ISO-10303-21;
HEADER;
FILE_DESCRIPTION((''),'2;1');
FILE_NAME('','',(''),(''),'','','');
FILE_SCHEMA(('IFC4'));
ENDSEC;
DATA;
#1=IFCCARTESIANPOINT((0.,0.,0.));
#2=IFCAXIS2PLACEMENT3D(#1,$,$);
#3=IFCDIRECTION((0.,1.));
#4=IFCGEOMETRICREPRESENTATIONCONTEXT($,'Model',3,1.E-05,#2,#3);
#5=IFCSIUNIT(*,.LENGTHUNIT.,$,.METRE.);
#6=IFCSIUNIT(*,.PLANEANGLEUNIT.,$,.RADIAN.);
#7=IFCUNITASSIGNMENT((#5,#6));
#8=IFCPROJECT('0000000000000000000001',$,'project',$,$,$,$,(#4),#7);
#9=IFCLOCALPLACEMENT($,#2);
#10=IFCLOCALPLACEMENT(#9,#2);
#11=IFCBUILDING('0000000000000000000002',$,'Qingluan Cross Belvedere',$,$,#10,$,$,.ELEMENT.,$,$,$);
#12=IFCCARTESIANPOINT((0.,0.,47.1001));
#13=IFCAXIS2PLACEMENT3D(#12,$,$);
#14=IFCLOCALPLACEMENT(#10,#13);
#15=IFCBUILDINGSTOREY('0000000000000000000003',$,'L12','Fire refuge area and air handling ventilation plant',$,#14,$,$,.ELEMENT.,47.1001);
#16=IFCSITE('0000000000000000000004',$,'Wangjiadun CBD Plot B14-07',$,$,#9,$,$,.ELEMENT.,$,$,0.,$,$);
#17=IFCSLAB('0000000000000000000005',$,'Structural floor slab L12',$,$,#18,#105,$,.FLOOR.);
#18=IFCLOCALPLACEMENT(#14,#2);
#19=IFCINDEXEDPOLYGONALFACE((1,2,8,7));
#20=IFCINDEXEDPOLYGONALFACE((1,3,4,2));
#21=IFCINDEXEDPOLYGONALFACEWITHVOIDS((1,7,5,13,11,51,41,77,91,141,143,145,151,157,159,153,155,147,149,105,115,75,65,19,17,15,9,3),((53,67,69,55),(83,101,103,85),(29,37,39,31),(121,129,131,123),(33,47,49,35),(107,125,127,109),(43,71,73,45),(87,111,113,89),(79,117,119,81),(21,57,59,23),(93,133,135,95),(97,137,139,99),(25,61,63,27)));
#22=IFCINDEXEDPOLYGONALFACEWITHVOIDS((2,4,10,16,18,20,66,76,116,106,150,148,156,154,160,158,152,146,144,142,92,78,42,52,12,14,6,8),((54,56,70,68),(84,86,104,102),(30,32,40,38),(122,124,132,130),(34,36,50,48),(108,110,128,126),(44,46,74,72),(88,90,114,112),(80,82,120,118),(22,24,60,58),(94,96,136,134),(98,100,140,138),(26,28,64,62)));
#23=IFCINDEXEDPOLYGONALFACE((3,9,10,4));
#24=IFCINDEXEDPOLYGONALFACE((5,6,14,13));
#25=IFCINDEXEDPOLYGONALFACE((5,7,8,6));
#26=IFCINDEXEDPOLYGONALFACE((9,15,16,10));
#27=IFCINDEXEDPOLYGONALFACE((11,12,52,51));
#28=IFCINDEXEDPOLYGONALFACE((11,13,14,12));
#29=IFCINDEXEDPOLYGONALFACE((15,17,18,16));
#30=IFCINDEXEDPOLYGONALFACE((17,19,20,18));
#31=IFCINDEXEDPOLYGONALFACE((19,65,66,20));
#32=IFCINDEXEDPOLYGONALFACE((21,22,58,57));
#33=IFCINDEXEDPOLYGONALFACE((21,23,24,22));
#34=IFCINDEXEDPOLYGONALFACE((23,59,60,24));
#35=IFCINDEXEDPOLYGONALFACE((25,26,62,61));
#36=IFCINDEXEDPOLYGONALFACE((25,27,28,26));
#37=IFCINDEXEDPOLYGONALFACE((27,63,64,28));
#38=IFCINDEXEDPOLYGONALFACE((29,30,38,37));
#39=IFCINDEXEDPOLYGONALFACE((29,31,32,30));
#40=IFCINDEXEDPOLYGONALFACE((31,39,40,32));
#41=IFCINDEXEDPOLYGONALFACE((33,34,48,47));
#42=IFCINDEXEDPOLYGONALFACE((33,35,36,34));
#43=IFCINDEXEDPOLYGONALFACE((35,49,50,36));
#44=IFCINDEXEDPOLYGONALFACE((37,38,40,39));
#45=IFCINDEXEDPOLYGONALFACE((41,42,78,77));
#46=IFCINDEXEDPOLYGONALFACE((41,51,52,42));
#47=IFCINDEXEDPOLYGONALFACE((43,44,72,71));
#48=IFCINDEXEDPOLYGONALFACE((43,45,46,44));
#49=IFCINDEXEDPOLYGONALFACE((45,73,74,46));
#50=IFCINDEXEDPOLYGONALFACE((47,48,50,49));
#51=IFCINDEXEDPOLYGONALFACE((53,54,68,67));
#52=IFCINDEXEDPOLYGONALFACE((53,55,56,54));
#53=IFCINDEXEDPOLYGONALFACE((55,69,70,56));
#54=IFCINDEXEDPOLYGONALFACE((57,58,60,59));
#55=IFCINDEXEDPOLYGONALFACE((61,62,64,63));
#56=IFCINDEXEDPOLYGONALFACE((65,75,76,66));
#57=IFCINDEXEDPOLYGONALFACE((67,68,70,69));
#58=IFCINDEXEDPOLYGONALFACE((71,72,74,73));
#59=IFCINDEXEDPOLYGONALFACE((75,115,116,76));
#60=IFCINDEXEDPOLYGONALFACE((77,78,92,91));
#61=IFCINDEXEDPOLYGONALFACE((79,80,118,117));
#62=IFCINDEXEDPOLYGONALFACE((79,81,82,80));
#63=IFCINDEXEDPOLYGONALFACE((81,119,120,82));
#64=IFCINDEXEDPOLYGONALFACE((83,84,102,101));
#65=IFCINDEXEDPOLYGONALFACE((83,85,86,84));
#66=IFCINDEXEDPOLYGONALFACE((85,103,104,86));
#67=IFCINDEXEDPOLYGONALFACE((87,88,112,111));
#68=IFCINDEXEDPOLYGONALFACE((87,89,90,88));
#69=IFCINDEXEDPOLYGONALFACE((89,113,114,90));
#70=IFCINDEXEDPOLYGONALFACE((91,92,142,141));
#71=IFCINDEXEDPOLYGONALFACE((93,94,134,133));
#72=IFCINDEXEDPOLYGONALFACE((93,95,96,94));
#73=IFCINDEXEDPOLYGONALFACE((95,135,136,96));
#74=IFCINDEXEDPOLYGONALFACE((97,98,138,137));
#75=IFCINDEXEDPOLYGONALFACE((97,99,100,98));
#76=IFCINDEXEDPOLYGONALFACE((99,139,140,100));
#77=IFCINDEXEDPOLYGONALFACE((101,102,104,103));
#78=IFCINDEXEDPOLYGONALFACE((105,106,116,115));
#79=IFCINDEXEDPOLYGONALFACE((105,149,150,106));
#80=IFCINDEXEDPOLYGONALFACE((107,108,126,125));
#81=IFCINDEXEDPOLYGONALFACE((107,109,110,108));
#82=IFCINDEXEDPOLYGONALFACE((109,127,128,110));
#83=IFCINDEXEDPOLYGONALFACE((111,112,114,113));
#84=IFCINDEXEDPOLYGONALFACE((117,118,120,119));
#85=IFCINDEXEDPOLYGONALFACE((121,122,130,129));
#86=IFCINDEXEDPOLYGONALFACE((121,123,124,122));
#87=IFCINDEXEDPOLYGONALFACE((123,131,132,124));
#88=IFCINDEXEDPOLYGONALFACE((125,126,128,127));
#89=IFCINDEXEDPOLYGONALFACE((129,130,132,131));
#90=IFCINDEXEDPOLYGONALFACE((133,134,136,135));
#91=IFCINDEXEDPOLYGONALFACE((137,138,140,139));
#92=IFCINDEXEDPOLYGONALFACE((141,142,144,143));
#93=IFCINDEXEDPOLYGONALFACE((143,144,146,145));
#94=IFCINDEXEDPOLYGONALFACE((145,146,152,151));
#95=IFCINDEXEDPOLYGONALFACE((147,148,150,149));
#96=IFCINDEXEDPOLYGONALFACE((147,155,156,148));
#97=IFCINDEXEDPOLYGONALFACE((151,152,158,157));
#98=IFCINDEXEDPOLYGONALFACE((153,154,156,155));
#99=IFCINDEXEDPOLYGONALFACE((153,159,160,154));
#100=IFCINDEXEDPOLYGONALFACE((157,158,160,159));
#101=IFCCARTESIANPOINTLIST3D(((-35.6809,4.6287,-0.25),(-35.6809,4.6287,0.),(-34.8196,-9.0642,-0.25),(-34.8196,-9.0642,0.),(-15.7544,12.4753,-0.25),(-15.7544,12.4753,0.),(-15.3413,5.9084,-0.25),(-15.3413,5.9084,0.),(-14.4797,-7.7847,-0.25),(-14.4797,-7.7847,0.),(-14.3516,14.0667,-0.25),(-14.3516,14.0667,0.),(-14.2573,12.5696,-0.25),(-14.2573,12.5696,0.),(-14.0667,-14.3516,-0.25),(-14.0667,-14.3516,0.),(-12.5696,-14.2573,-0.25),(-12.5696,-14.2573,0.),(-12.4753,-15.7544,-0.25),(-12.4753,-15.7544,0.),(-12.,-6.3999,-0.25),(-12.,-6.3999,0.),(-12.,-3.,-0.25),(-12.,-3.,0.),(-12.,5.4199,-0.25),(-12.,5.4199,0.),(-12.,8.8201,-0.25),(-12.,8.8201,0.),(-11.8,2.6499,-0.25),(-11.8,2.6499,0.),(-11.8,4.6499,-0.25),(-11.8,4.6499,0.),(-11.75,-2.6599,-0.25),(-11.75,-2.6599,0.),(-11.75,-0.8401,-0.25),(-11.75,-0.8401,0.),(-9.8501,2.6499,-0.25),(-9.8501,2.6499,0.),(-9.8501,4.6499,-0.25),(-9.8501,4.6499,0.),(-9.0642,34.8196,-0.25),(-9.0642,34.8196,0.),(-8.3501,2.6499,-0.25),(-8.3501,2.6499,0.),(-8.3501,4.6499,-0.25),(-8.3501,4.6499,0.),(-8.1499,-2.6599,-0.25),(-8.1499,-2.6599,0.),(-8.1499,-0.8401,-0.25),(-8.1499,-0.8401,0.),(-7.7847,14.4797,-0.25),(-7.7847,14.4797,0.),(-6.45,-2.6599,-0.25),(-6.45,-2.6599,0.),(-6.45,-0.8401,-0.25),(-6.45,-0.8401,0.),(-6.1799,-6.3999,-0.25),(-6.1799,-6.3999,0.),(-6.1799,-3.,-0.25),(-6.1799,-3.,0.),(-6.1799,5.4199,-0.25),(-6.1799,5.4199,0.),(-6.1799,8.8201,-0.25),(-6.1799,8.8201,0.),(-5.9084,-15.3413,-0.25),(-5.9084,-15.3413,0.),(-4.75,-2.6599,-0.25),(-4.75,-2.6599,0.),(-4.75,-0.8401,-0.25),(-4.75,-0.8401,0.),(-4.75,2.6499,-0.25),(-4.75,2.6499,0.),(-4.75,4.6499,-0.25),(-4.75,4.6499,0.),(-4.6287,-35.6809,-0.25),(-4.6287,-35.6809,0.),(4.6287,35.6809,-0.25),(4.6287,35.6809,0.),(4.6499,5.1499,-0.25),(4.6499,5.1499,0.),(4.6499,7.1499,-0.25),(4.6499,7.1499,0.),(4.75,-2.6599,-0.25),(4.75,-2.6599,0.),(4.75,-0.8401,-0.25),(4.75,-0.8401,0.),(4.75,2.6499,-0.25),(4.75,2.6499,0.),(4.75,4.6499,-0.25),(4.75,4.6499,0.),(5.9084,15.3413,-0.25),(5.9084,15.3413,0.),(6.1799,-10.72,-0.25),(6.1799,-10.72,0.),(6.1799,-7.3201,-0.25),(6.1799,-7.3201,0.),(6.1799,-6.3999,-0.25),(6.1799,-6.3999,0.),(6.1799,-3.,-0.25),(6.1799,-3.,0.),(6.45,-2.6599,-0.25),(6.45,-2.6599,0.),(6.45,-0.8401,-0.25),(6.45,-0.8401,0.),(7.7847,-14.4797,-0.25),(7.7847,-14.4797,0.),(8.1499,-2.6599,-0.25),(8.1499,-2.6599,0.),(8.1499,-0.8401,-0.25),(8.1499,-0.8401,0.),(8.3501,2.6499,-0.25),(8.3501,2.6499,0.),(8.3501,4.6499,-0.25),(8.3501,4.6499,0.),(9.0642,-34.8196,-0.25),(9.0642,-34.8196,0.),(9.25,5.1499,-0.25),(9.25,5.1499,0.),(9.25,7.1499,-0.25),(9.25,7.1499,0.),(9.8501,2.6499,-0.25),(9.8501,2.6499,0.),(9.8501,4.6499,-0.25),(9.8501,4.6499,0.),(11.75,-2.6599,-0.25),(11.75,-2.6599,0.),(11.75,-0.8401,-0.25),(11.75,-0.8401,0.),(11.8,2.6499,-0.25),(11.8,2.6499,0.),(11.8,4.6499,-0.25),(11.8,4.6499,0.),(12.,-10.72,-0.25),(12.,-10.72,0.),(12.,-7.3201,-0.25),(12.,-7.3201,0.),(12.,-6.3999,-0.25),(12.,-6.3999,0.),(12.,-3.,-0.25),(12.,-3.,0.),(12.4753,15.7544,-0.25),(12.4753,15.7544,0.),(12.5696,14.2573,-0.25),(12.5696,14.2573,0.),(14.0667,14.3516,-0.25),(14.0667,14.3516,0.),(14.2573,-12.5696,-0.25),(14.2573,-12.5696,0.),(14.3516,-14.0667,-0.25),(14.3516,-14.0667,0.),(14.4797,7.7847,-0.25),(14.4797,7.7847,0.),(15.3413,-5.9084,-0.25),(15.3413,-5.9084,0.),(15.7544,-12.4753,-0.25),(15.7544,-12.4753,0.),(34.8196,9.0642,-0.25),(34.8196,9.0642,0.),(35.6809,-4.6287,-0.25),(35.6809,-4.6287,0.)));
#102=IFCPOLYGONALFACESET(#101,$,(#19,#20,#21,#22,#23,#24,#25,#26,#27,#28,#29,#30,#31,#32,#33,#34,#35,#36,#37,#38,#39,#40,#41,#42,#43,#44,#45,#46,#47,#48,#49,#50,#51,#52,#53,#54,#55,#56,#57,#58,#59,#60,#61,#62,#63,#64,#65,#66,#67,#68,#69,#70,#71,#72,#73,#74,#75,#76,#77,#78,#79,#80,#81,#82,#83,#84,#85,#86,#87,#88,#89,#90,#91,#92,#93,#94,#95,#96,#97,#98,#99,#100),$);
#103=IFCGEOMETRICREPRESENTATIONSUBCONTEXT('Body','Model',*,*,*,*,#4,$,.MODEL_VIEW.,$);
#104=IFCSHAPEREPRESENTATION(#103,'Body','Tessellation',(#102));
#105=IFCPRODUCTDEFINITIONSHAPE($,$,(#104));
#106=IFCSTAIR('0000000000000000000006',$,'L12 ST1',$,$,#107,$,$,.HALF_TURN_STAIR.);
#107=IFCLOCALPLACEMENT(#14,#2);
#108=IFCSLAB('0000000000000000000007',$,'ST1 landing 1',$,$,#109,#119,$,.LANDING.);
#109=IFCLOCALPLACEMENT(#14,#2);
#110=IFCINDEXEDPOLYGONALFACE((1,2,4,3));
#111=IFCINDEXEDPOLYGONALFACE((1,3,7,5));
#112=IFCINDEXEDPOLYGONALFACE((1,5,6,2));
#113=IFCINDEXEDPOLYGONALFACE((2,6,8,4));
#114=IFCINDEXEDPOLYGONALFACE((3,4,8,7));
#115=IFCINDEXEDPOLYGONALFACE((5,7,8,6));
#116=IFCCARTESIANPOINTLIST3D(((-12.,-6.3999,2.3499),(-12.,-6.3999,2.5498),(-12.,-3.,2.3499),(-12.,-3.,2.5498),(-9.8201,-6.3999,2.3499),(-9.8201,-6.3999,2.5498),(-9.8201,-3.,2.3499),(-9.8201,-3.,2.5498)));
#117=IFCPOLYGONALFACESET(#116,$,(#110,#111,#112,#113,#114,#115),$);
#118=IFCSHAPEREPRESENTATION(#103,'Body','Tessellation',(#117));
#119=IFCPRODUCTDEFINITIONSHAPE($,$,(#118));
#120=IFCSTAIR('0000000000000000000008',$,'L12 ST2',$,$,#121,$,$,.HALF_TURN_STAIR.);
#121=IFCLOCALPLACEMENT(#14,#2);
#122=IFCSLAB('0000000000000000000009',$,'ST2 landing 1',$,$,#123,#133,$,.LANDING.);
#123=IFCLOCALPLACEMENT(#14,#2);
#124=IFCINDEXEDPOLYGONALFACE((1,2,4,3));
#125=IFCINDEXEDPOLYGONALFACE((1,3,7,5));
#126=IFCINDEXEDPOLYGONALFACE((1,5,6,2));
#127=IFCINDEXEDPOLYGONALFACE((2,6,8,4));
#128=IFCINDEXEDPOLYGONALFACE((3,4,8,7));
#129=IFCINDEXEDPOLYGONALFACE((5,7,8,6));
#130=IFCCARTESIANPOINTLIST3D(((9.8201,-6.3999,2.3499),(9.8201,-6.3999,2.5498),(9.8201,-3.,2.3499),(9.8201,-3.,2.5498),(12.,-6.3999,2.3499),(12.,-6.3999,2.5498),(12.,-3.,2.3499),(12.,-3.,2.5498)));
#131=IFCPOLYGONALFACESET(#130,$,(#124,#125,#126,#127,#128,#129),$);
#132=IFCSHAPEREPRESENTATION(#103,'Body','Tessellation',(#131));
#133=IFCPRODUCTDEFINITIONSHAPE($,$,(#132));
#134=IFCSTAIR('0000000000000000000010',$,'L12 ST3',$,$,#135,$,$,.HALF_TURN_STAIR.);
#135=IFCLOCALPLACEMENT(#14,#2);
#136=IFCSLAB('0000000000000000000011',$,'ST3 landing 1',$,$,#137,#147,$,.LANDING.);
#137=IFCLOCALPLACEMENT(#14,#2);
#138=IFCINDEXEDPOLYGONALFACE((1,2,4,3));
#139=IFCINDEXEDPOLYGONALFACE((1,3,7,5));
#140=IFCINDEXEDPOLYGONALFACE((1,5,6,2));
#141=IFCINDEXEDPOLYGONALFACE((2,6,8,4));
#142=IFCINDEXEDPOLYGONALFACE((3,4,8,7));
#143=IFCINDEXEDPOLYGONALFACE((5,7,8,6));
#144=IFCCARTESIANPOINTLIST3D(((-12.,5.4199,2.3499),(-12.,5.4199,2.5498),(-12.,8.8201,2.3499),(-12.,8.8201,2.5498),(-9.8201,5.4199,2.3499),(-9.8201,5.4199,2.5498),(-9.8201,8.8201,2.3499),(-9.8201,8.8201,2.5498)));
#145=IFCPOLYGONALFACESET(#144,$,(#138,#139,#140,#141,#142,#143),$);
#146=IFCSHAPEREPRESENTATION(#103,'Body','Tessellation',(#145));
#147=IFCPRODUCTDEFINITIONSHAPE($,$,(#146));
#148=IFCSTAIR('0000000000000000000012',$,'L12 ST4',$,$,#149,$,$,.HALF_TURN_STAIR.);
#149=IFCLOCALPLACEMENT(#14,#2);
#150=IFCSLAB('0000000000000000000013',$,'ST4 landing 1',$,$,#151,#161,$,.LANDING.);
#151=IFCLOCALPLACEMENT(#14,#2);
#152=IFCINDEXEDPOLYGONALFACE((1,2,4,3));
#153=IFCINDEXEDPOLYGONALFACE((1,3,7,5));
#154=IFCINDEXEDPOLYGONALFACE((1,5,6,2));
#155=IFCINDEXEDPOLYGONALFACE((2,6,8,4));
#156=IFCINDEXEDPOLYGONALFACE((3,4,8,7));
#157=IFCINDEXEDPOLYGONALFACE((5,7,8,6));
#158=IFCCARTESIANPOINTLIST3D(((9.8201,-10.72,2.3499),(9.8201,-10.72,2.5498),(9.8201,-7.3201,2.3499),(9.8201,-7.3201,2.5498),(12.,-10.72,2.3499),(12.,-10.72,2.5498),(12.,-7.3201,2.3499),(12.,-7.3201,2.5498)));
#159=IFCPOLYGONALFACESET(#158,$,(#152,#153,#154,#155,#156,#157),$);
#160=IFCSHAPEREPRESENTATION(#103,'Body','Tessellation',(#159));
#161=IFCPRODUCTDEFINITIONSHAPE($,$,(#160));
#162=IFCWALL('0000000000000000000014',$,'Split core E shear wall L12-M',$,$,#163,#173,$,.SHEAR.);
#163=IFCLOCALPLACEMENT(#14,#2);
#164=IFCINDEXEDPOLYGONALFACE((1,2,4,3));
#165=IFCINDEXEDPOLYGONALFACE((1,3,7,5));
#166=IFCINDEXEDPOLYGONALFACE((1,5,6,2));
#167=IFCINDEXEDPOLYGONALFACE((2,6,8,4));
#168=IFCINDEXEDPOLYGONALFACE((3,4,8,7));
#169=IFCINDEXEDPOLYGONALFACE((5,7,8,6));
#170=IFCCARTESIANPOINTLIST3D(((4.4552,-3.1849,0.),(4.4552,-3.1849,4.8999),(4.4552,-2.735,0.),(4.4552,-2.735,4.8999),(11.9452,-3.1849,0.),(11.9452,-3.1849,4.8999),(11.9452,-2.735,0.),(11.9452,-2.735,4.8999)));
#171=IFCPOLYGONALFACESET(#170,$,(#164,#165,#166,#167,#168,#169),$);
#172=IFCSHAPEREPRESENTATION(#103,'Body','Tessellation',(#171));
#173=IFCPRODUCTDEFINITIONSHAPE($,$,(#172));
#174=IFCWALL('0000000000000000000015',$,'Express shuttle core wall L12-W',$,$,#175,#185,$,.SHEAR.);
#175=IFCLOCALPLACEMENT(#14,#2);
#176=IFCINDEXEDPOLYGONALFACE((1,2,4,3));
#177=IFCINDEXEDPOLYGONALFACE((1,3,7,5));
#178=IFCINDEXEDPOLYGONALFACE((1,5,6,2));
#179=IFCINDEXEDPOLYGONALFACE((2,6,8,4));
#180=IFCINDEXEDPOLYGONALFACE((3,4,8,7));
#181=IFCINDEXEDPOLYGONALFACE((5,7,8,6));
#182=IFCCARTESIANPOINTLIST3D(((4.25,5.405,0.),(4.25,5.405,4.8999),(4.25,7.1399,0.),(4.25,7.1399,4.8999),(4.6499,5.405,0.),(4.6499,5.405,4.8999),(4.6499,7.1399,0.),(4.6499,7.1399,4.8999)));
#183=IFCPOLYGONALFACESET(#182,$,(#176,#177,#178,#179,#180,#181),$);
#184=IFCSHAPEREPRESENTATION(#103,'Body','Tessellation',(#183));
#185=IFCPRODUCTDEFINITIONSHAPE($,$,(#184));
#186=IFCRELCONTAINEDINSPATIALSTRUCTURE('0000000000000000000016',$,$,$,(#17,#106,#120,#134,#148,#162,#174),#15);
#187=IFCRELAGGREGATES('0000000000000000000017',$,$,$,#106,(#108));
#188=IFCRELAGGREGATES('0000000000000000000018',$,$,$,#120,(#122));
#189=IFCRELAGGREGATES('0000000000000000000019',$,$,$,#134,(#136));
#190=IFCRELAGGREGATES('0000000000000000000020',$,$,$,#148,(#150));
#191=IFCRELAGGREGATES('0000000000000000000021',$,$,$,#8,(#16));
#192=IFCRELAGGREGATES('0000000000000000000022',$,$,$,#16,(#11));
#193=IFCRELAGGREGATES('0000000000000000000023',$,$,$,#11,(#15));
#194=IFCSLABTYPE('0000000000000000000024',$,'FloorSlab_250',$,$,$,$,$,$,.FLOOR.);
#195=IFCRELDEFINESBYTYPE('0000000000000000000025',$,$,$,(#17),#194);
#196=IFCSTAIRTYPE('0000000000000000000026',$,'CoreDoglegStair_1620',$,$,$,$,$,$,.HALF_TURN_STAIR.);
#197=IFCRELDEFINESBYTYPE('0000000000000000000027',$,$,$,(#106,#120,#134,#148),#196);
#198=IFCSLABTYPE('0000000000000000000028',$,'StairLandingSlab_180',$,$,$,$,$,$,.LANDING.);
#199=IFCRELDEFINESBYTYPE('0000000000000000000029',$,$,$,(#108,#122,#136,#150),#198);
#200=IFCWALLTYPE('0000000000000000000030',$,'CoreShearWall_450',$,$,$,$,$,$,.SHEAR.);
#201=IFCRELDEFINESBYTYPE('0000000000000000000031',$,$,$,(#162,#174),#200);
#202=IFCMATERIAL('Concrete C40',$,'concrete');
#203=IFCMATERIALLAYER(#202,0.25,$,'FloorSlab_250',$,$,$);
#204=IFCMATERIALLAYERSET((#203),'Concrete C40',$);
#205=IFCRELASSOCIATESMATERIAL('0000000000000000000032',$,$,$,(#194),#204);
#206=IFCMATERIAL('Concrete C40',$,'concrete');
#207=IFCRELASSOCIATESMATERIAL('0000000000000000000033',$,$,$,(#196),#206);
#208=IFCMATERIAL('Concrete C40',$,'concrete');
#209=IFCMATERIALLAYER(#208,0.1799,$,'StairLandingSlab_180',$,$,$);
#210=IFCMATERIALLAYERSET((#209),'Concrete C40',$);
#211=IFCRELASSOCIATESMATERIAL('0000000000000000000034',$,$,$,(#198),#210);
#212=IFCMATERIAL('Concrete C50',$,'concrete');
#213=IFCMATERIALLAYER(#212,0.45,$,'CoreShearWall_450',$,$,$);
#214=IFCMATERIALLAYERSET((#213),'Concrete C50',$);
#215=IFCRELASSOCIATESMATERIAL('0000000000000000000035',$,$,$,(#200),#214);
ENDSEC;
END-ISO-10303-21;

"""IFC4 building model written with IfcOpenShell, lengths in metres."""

from ifc_helpers import new_model, si_unit, direction, frame, frame_2d, origin, place, context, subcontext, project, spatial, polyline, rectangle, outline, extrude, material, layer, layer_set, type_object, element, aggregate, save


model = new_model("IFC4")

# Units and contexts
model_context = context("Model", 3, precision=1e-05, world=origin(), true_north=direction((0.0, 1.0)))
body_context = subcontext(model_context, "Body", "Model", "MODEL_VIEW")
ifc_project = project(units=[si_unit("LENGTHUNIT", "METRE"), si_unit("PLANEANGLEUNIT", "RADIAN")], contexts=[model_context])

# Site, building, storey
site_placement = place(None, origin())
site = spatial("IfcSite", under=ifc_project, at=site_placement, Name="Wangjiadun CBD Plot B14-07", CompositionType="ELEMENT", RefElevation=0.0)
building_placement = place(site_placement, origin())
building = spatial("IfcBuilding", under=site, at=building_placement, Name="Qingluan Cross Belvedere", CompositionType="ELEMENT")
storey_placement = place(building_placement, frame((0.0, 0.0, 47.1001)))
storey = spatial("IfcBuildingStorey", under=building, at=storey_placement, Name="L12", Description="Fire refuge area and air handling ventilation plant", CompositionType="ELEMENT", Elevation=47.1001)

# Slab
ifc_material_1 = material(Name="Concrete C40", Category="concrete")
ifc_layer_1 = layer(ifc_material_1, 0.25, Name="FloorSlab_250")
ifc_layer_set_1 = layer_set([ifc_layer_1], Name="Concrete C40")
slab_type_1 = type_object("IfcSlabType", Name="FloorSlab_250", PredefinedType="FLOOR", material=ifc_layer_set_1)
slab_1_placement = place(storey_placement, frame((0.0, 0.0, -0.25)))
element("IfcSlab", 1, at=slab_1_placement, inside=storey, type_object=slab_type_1, Name="Structural floor slab L12", PredefinedType="FLOOR", context=body_context, shape_type="SweptSolid", body=[
    extrude(outline(polyline([(9.0642, -34.8196), (7.7847, -14.4797), (14.3516, -14.0667), (14.2573, -12.5696), (15.7544, -12.4753), (15.3413, -5.9084), (35.6809, -4.6287), (34.8196, 9.0642), (14.4797, 7.7847), (14.0667, 14.3516), (12.5696, 14.2573), (12.4753, 15.7544), (5.9084, 15.3413), (4.6287, 35.6809), (-9.0642, 34.8196), (-7.7847, 14.4797), (-14.3516, 14.0667), (-14.2573, 12.5696), (-15.7544, 12.4753), (-15.3413, 5.9084), (-35.6809, 4.6287), (-34.8196, -9.0642), (-14.4797, -7.7847), (-14.0667, -14.3516), (-12.5696, -14.2573), (-12.4753, -15.7544), (-5.9084, -15.3413), (-4.6287, -35.6809), (9.0642, -34.8196)]), holes=[polyline([(-12.0, -3.0), (-6.1799, -3.0), (-6.1799, -6.3999), (-12.0, -6.3999), (-12.0, -3.0)]), polyline([(6.1799, -3.0), (12.0, -3.0), (12.0, -6.3999), (6.1799, -6.3999), (6.1799, -3.0)]), polyline([(-12.0, 8.8201), (-6.1799, 8.8201), (-6.1799, 5.4199), (-12.0, 5.4199), (-12.0, 8.8201)]), polyline([(6.1799, -7.3201), (12.0, -7.3201), (12.0, -10.72), (6.1799, -10.72), (6.1799, -7.3201)]), polyline([(-11.8, 4.6499), (-9.8501, 4.6499), (-9.8501, 2.6499), (-11.8, 2.6499), (-11.8, 4.6499)]), polyline([(-8.3501, 4.6499), (-4.75, 4.6499), (-4.75, 2.6499), (-8.3501, 2.6499), (-8.3501, 4.6499)]), polyline([(4.75, 4.6499), (8.3501, 4.6499), (8.3501, 2.6499), (4.75, 2.6499), (4.75, 4.6499)]), polyline([(9.8501, 4.6499), (11.8, 4.6499), (11.8, 2.6499), (9.8501, 2.6499), (9.8501, 4.6499)]), polyline([(-11.75, -0.8401), (-8.1499, -0.8401), (-8.1499, -2.6599), (-11.75, -2.6599), (-11.75, -0.8401)]), polyline([(-6.45, -0.8401), (-4.75, -0.8401), (-4.75, -2.6599), (-6.45, -2.6599), (-6.45, -0.8401)]), polyline([(4.75, -0.8401), (6.45, -0.8401), (6.45, -2.6599), (4.75, -2.6599), (4.75, -0.8401)]), polyline([(8.1499, -0.8401), (11.75, -0.8401), (11.75, -2.6599), (8.1499, -2.6599), (8.1499, -0.8401)]), polyline([(4.6499, 7.1499), (9.25, 7.1499), (9.25, 5.1499), (4.6499, 5.1499), (4.6499, 7.1499)])]), origin(), (0.0, 0.0, 1.0), 0.25),
])

# Stairs, slabs
ifc_material_2 = material(Name="Concrete C40", Category="concrete")
stair_type = type_object("IfcStairType", Name="CoreDoglegStair_1620", PredefinedType="HALF_TURN_STAIR", material=ifc_material_2)
stair_1_placement = place(storey_placement, origin())
stair_1 = element("IfcStair", 2, at=stair_1_placement, inside=storey, type_object=stair_type, Name="L12 ST1", PredefinedType="HALF_TURN_STAIR")
ifc_material_3 = material(Name="Concrete C40", Category="concrete")
ifc_layer_2 = layer(ifc_material_3, 0.1799, Name="StairLandingSlab_180")
ifc_layer_set_2 = layer_set([ifc_layer_2], Name="Concrete C40")
slab_type_2 = type_object("IfcSlabType", Name="StairLandingSlab_180", PredefinedType="LANDING", material=ifc_layer_set_2)
slab_2_placement = place(storey_placement, frame((0.0, 0.0, 2.3499)))
slab_2 = element("IfcSlab", 3, at=slab_2_placement, type_object=slab_type_2, Name="ST1 landing 1", PredefinedType="LANDING", context=body_context, shape_type="SweptSolid", body=[
    extrude(outline(polyline([(-9.8201, -3.0), (-12.0, -3.0), (-12.0, -6.3999), (-9.8201, -6.3999), (-9.8201, -3.0)])), origin(), (0.0, 0.0, 1.0), 0.2),
])
aggregate(stair_1, [slab_2])
stair_2_placement = place(storey_placement, origin())
stair_2 = element("IfcStair", 4, at=stair_2_placement, inside=storey, type_object=stair_type, Name="L12 ST2", PredefinedType="HALF_TURN_STAIR")
slab_3_placement = place(storey_placement, frame((0.0, 0.0, 2.3499)))
slab_3 = element("IfcSlab", 5, at=slab_3_placement, type_object=slab_type_2, Name="ST2 landing 1", PredefinedType="LANDING", context=body_context, shape_type="SweptSolid", body=[
    extrude(outline(polyline([(9.8201, -6.3999), (12.0, -6.3999), (12.0, -3.0), (9.8201, -3.0), (9.8201, -6.3999)])), origin(), (0.0, 0.0, 1.0), 0.2),
])
aggregate(stair_2, [slab_3])
stair_3_placement = place(storey_placement, origin())
stair_3 = element("IfcStair", 6, at=stair_3_placement, inside=storey, type_object=stair_type, Name="L12 ST3", PredefinedType="HALF_TURN_STAIR")
slab_4_placement = place(storey_placement, frame((0.0, 0.0, 2.3499)))
slab_4 = element("IfcSlab", 7, at=slab_4_placement, type_object=slab_type_2, Name="ST3 landing 1", PredefinedType="LANDING", context=body_context, shape_type="SweptSolid", body=[
    extrude(outline(polyline([(-9.8201, 8.8201), (-12.0, 8.8201), (-12.0, 5.4199), (-9.8201, 5.4199), (-9.8201, 8.8201)])), origin(), (0.0, 0.0, 1.0), 0.2),
])
aggregate(stair_3, [slab_4])
stair_4_placement = place(storey_placement, origin())
stair_4 = element("IfcStair", 8, at=stair_4_placement, inside=storey, type_object=stair_type, Name="L12 ST4", PredefinedType="HALF_TURN_STAIR")
slab_5_placement = place(storey_placement, frame((0.0, 0.0, 2.3499)))
slab_5 = element("IfcSlab", 9, at=slab_5_placement, type_object=slab_type_2, Name="ST4 landing 1", PredefinedType="LANDING", context=body_context, shape_type="SweptSolid", body=[
    extrude(outline(polyline([(9.8201, -10.72), (12.0, -10.72), (12.0, -7.3201), (9.8201, -7.3201), (9.8201, -10.72)])), origin(), (0.0, 0.0, 1.0), 0.2),
])
aggregate(stair_4, [slab_5])

# Walls
ifc_material_4 = material(Name="Concrete C50", Category="concrete")
ifc_layer_3 = layer(ifc_material_4, 0.45, Name="CoreShearWall_450")
ifc_layer_set_3 = layer_set([ifc_layer_3], Name="Concrete C50")
wall_type_1 = type_object("IfcWallType", Name="CoreShearWall_450", PredefinedType="SHEAR", material=ifc_layer_set_3)
wall_1_placement = place(storey_placement, frame((4.4551, -2.96, 0.0), z_axis=(0.0, 0.0, 1.0), x_axis=(1.0, 0.0, 0.0)))
element("IfcWall", 10, at=wall_1_placement, inside=storey, type_object=wall_type_1, Name="Split core E shear wall L12-M", PredefinedType="SHEAR", context=body_context, shape_type="SweptSolid", body=[
    extrude(rectangle(XDim=7.49, YDim=0.45, at=frame_2d((3.7451, 0.0))), origin(), (0.0, 0.0, 1.0), 4.8999),
])
wall_2_placement = place(storey_placement, frame((4.45, 5.405, 0.0), z_axis=(0.0, 0.0, 1.0), x_axis=(0.0, 1.0, 0.0)))
element("IfcWall", 11, at=wall_2_placement, inside=storey, type_object=wall_type_1, Name="Express shuttle core wall L12-W", PredefinedType="SHEAR", context=body_context, shape_type="SweptSolid", body=[
    extrude(rectangle(XDim=1.7349, YDim=0.3999, at=frame_2d((0.8674, 0.0))), origin(), (0.0, 0.0, 1.0), 4.8999),
])

save(model, "model.ifc")
